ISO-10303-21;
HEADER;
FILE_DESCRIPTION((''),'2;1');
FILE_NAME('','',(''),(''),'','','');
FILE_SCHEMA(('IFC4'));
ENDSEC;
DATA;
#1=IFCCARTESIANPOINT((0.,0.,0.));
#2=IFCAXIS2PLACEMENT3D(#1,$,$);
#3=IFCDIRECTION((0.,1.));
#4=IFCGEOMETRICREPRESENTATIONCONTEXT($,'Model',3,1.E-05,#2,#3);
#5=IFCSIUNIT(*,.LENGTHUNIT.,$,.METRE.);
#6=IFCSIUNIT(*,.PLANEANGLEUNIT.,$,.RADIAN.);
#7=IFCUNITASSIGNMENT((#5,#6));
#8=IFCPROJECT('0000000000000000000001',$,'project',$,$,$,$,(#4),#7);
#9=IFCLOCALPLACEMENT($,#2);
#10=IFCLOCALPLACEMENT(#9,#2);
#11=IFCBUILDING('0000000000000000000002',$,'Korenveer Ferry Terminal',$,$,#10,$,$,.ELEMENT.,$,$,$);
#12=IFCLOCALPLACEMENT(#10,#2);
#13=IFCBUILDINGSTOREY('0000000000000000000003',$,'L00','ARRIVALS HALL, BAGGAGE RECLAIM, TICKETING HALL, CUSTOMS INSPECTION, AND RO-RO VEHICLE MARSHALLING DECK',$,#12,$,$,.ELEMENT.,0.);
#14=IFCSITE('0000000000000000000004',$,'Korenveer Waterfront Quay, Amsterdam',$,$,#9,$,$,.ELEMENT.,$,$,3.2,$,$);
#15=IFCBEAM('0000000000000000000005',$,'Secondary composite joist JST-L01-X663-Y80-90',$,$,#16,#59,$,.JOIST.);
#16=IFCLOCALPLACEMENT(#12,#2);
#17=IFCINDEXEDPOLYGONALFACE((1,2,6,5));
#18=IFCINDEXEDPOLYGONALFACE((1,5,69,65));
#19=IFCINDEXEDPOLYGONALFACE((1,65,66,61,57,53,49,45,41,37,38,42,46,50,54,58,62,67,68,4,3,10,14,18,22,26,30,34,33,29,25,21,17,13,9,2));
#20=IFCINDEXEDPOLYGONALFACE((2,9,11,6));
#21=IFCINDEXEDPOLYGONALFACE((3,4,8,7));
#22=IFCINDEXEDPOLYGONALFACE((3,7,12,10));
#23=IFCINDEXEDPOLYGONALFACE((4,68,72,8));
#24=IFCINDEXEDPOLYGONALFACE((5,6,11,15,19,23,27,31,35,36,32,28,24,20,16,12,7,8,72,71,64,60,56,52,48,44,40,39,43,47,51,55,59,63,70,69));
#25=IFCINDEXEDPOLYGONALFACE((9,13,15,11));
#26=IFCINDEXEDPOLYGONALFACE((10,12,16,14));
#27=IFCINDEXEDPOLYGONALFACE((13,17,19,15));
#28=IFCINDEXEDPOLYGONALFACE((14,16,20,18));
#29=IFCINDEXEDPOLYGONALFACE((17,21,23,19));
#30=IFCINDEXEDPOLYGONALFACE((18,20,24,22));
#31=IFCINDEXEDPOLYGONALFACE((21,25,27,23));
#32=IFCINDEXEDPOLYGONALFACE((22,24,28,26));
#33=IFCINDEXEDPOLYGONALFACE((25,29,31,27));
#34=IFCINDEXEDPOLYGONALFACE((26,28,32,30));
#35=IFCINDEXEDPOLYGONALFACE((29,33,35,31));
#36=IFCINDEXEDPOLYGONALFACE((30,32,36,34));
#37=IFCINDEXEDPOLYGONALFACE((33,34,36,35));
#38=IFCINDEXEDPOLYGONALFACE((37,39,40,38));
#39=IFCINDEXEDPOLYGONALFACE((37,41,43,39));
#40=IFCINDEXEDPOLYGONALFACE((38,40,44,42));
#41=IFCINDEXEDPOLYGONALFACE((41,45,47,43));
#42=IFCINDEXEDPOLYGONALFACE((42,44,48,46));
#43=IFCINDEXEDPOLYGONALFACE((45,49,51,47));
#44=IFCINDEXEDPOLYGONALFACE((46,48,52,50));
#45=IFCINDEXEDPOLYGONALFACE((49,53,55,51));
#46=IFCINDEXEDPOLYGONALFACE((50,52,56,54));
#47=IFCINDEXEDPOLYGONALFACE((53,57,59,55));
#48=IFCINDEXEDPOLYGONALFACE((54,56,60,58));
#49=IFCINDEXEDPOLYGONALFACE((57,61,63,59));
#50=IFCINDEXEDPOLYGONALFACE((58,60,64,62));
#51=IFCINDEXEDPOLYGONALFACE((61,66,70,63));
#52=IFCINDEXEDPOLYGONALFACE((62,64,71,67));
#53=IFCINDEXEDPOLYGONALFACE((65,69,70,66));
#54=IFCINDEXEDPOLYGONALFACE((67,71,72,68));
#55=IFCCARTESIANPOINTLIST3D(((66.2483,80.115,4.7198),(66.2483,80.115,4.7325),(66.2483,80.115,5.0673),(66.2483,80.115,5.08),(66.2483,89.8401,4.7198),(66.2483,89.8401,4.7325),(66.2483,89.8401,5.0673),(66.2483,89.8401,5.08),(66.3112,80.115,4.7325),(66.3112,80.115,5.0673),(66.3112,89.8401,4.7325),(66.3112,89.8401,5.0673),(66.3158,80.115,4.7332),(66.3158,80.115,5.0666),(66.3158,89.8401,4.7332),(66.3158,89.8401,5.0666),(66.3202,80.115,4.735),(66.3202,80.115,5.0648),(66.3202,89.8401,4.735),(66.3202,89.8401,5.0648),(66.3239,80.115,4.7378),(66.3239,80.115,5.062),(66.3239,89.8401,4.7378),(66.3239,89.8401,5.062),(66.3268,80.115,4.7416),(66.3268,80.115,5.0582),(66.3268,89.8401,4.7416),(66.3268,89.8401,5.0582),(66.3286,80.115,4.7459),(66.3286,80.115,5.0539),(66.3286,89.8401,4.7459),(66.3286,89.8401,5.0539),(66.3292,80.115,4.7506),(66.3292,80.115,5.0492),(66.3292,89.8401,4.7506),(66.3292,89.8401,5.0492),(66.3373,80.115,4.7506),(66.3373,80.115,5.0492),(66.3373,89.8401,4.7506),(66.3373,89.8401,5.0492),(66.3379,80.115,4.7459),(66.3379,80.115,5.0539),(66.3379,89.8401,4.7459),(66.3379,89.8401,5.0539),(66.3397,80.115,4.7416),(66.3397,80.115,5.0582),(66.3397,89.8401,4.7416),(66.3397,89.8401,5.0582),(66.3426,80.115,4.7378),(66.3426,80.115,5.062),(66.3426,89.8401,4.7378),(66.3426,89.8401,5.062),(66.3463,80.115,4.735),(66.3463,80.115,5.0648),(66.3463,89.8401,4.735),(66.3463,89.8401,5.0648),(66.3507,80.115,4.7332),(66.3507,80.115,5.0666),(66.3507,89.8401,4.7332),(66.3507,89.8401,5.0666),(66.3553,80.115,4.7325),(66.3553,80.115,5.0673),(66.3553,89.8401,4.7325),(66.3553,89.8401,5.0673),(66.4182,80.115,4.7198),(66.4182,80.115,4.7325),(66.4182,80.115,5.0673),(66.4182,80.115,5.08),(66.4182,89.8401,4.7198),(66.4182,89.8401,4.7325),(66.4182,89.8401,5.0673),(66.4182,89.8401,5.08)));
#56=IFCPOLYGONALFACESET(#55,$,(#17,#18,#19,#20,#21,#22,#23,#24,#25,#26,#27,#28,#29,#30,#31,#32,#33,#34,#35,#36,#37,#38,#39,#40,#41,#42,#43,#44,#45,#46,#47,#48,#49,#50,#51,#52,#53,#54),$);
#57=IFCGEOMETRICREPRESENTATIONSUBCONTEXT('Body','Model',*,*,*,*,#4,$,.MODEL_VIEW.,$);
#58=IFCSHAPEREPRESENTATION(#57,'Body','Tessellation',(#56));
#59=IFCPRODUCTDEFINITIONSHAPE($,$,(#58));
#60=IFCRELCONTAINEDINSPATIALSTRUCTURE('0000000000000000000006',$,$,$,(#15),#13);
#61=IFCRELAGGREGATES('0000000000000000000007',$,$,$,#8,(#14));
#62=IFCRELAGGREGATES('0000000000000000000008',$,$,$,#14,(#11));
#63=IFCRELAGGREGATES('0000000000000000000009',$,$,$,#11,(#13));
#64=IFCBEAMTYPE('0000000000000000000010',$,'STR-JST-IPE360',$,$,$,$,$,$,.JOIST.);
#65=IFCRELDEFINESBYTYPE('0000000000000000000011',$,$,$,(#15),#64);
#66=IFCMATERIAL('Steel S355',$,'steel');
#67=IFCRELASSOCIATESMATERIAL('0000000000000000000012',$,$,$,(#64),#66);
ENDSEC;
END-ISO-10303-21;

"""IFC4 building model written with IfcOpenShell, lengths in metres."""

from ifc_helpers import new_model, si_unit, direction, frame, origin, origin_2d, place, context, subcontext, project, spatial, i_section, extrude, material, material_profile, profile_set, type_object, element, save


model = new_model("IFC4")

# Units and contexts
model_context = context("Model", 3, precision=1e-05, world=origin(), true_north=direction((0.0, 1.0)))
body_context = subcontext(model_context, "Body", "Model", "MODEL_VIEW")
ifc_project = project(units=[si_unit("LENGTHUNIT", "METRE"), si_unit("PLANEANGLEUNIT", "RADIAN")], contexts=[model_context])

# Site, building, storey
site_placement = place(None, origin())
site = spatial("IfcSite", under=ifc_project, at=site_placement, Name="Korenveer Waterfront Quay, Amsterdam", CompositionType="ELEMENT", RefElevation=3.2)
building_placement = place(site_placement, origin())
building = spatial("IfcBuilding", under=site, at=building_placement, Name="Korenveer Ferry Terminal", CompositionType="ELEMENT")
storey_placement = place(building_placement, origin())
storey = spatial("IfcBuildingStorey", under=building, at=storey_placement, Name="L00", Description="ARRIVALS HALL, BAGGAGE RECLAIM, TICKETING HALL, CUSTOMS INSPECTION, AND RO-RO VEHICLE MARSHALLING DECK", CompositionType="ELEMENT", Elevation=0.0)

# Shared definitions
ifc_material_1 = material(Name="Steel S355", Category="steel")

# Beam
ifc_material_profile_1 = material_profile(ifc_material_1, i_section(OverallWidth=0.1699, OverallDepth=0.3601, WebThickness=0.0081, FlangeThickness=0.0127, FilletRadius=0.0181, at=origin_2d()), Name="IPE 360")
ifc_profile_set_1 = profile_set([ifc_material_profile_1], Name="Steel S355")
beam_type_1 = type_object("IfcBeamType", Name="STR-JST-IPE360", PredefinedType="JOIST", material=ifc_profile_set_1)
for number, where, z_axis, x_axis, name in (
    (1, (66.3333, 80.115, 4.8999), (0.0, 1.0, 0.0), (-1.0, 0.0, 0.0), "Secondary composite joist JST-L01-X663-Y80-90"),
):
    element("IfcBeam", number, at=place(storey_placement, frame(where, z_axis=z_axis, x_axis=x_axis)), inside=storey, type_object=beam_type_1, Name=name, PredefinedType="JOIST", context=body_context, shape_type="SweptSolid", body=[
        extrude(i_section(OverallWidth=0.1699, OverallDepth=0.3601, WebThickness=0.0081, FlangeThickness=0.0127, FilletRadius=0.0181, at=origin_2d()), origin(), (0.0, 0.0, 1.0), 9.7251),
    ])

save(model, "model.ifc")
